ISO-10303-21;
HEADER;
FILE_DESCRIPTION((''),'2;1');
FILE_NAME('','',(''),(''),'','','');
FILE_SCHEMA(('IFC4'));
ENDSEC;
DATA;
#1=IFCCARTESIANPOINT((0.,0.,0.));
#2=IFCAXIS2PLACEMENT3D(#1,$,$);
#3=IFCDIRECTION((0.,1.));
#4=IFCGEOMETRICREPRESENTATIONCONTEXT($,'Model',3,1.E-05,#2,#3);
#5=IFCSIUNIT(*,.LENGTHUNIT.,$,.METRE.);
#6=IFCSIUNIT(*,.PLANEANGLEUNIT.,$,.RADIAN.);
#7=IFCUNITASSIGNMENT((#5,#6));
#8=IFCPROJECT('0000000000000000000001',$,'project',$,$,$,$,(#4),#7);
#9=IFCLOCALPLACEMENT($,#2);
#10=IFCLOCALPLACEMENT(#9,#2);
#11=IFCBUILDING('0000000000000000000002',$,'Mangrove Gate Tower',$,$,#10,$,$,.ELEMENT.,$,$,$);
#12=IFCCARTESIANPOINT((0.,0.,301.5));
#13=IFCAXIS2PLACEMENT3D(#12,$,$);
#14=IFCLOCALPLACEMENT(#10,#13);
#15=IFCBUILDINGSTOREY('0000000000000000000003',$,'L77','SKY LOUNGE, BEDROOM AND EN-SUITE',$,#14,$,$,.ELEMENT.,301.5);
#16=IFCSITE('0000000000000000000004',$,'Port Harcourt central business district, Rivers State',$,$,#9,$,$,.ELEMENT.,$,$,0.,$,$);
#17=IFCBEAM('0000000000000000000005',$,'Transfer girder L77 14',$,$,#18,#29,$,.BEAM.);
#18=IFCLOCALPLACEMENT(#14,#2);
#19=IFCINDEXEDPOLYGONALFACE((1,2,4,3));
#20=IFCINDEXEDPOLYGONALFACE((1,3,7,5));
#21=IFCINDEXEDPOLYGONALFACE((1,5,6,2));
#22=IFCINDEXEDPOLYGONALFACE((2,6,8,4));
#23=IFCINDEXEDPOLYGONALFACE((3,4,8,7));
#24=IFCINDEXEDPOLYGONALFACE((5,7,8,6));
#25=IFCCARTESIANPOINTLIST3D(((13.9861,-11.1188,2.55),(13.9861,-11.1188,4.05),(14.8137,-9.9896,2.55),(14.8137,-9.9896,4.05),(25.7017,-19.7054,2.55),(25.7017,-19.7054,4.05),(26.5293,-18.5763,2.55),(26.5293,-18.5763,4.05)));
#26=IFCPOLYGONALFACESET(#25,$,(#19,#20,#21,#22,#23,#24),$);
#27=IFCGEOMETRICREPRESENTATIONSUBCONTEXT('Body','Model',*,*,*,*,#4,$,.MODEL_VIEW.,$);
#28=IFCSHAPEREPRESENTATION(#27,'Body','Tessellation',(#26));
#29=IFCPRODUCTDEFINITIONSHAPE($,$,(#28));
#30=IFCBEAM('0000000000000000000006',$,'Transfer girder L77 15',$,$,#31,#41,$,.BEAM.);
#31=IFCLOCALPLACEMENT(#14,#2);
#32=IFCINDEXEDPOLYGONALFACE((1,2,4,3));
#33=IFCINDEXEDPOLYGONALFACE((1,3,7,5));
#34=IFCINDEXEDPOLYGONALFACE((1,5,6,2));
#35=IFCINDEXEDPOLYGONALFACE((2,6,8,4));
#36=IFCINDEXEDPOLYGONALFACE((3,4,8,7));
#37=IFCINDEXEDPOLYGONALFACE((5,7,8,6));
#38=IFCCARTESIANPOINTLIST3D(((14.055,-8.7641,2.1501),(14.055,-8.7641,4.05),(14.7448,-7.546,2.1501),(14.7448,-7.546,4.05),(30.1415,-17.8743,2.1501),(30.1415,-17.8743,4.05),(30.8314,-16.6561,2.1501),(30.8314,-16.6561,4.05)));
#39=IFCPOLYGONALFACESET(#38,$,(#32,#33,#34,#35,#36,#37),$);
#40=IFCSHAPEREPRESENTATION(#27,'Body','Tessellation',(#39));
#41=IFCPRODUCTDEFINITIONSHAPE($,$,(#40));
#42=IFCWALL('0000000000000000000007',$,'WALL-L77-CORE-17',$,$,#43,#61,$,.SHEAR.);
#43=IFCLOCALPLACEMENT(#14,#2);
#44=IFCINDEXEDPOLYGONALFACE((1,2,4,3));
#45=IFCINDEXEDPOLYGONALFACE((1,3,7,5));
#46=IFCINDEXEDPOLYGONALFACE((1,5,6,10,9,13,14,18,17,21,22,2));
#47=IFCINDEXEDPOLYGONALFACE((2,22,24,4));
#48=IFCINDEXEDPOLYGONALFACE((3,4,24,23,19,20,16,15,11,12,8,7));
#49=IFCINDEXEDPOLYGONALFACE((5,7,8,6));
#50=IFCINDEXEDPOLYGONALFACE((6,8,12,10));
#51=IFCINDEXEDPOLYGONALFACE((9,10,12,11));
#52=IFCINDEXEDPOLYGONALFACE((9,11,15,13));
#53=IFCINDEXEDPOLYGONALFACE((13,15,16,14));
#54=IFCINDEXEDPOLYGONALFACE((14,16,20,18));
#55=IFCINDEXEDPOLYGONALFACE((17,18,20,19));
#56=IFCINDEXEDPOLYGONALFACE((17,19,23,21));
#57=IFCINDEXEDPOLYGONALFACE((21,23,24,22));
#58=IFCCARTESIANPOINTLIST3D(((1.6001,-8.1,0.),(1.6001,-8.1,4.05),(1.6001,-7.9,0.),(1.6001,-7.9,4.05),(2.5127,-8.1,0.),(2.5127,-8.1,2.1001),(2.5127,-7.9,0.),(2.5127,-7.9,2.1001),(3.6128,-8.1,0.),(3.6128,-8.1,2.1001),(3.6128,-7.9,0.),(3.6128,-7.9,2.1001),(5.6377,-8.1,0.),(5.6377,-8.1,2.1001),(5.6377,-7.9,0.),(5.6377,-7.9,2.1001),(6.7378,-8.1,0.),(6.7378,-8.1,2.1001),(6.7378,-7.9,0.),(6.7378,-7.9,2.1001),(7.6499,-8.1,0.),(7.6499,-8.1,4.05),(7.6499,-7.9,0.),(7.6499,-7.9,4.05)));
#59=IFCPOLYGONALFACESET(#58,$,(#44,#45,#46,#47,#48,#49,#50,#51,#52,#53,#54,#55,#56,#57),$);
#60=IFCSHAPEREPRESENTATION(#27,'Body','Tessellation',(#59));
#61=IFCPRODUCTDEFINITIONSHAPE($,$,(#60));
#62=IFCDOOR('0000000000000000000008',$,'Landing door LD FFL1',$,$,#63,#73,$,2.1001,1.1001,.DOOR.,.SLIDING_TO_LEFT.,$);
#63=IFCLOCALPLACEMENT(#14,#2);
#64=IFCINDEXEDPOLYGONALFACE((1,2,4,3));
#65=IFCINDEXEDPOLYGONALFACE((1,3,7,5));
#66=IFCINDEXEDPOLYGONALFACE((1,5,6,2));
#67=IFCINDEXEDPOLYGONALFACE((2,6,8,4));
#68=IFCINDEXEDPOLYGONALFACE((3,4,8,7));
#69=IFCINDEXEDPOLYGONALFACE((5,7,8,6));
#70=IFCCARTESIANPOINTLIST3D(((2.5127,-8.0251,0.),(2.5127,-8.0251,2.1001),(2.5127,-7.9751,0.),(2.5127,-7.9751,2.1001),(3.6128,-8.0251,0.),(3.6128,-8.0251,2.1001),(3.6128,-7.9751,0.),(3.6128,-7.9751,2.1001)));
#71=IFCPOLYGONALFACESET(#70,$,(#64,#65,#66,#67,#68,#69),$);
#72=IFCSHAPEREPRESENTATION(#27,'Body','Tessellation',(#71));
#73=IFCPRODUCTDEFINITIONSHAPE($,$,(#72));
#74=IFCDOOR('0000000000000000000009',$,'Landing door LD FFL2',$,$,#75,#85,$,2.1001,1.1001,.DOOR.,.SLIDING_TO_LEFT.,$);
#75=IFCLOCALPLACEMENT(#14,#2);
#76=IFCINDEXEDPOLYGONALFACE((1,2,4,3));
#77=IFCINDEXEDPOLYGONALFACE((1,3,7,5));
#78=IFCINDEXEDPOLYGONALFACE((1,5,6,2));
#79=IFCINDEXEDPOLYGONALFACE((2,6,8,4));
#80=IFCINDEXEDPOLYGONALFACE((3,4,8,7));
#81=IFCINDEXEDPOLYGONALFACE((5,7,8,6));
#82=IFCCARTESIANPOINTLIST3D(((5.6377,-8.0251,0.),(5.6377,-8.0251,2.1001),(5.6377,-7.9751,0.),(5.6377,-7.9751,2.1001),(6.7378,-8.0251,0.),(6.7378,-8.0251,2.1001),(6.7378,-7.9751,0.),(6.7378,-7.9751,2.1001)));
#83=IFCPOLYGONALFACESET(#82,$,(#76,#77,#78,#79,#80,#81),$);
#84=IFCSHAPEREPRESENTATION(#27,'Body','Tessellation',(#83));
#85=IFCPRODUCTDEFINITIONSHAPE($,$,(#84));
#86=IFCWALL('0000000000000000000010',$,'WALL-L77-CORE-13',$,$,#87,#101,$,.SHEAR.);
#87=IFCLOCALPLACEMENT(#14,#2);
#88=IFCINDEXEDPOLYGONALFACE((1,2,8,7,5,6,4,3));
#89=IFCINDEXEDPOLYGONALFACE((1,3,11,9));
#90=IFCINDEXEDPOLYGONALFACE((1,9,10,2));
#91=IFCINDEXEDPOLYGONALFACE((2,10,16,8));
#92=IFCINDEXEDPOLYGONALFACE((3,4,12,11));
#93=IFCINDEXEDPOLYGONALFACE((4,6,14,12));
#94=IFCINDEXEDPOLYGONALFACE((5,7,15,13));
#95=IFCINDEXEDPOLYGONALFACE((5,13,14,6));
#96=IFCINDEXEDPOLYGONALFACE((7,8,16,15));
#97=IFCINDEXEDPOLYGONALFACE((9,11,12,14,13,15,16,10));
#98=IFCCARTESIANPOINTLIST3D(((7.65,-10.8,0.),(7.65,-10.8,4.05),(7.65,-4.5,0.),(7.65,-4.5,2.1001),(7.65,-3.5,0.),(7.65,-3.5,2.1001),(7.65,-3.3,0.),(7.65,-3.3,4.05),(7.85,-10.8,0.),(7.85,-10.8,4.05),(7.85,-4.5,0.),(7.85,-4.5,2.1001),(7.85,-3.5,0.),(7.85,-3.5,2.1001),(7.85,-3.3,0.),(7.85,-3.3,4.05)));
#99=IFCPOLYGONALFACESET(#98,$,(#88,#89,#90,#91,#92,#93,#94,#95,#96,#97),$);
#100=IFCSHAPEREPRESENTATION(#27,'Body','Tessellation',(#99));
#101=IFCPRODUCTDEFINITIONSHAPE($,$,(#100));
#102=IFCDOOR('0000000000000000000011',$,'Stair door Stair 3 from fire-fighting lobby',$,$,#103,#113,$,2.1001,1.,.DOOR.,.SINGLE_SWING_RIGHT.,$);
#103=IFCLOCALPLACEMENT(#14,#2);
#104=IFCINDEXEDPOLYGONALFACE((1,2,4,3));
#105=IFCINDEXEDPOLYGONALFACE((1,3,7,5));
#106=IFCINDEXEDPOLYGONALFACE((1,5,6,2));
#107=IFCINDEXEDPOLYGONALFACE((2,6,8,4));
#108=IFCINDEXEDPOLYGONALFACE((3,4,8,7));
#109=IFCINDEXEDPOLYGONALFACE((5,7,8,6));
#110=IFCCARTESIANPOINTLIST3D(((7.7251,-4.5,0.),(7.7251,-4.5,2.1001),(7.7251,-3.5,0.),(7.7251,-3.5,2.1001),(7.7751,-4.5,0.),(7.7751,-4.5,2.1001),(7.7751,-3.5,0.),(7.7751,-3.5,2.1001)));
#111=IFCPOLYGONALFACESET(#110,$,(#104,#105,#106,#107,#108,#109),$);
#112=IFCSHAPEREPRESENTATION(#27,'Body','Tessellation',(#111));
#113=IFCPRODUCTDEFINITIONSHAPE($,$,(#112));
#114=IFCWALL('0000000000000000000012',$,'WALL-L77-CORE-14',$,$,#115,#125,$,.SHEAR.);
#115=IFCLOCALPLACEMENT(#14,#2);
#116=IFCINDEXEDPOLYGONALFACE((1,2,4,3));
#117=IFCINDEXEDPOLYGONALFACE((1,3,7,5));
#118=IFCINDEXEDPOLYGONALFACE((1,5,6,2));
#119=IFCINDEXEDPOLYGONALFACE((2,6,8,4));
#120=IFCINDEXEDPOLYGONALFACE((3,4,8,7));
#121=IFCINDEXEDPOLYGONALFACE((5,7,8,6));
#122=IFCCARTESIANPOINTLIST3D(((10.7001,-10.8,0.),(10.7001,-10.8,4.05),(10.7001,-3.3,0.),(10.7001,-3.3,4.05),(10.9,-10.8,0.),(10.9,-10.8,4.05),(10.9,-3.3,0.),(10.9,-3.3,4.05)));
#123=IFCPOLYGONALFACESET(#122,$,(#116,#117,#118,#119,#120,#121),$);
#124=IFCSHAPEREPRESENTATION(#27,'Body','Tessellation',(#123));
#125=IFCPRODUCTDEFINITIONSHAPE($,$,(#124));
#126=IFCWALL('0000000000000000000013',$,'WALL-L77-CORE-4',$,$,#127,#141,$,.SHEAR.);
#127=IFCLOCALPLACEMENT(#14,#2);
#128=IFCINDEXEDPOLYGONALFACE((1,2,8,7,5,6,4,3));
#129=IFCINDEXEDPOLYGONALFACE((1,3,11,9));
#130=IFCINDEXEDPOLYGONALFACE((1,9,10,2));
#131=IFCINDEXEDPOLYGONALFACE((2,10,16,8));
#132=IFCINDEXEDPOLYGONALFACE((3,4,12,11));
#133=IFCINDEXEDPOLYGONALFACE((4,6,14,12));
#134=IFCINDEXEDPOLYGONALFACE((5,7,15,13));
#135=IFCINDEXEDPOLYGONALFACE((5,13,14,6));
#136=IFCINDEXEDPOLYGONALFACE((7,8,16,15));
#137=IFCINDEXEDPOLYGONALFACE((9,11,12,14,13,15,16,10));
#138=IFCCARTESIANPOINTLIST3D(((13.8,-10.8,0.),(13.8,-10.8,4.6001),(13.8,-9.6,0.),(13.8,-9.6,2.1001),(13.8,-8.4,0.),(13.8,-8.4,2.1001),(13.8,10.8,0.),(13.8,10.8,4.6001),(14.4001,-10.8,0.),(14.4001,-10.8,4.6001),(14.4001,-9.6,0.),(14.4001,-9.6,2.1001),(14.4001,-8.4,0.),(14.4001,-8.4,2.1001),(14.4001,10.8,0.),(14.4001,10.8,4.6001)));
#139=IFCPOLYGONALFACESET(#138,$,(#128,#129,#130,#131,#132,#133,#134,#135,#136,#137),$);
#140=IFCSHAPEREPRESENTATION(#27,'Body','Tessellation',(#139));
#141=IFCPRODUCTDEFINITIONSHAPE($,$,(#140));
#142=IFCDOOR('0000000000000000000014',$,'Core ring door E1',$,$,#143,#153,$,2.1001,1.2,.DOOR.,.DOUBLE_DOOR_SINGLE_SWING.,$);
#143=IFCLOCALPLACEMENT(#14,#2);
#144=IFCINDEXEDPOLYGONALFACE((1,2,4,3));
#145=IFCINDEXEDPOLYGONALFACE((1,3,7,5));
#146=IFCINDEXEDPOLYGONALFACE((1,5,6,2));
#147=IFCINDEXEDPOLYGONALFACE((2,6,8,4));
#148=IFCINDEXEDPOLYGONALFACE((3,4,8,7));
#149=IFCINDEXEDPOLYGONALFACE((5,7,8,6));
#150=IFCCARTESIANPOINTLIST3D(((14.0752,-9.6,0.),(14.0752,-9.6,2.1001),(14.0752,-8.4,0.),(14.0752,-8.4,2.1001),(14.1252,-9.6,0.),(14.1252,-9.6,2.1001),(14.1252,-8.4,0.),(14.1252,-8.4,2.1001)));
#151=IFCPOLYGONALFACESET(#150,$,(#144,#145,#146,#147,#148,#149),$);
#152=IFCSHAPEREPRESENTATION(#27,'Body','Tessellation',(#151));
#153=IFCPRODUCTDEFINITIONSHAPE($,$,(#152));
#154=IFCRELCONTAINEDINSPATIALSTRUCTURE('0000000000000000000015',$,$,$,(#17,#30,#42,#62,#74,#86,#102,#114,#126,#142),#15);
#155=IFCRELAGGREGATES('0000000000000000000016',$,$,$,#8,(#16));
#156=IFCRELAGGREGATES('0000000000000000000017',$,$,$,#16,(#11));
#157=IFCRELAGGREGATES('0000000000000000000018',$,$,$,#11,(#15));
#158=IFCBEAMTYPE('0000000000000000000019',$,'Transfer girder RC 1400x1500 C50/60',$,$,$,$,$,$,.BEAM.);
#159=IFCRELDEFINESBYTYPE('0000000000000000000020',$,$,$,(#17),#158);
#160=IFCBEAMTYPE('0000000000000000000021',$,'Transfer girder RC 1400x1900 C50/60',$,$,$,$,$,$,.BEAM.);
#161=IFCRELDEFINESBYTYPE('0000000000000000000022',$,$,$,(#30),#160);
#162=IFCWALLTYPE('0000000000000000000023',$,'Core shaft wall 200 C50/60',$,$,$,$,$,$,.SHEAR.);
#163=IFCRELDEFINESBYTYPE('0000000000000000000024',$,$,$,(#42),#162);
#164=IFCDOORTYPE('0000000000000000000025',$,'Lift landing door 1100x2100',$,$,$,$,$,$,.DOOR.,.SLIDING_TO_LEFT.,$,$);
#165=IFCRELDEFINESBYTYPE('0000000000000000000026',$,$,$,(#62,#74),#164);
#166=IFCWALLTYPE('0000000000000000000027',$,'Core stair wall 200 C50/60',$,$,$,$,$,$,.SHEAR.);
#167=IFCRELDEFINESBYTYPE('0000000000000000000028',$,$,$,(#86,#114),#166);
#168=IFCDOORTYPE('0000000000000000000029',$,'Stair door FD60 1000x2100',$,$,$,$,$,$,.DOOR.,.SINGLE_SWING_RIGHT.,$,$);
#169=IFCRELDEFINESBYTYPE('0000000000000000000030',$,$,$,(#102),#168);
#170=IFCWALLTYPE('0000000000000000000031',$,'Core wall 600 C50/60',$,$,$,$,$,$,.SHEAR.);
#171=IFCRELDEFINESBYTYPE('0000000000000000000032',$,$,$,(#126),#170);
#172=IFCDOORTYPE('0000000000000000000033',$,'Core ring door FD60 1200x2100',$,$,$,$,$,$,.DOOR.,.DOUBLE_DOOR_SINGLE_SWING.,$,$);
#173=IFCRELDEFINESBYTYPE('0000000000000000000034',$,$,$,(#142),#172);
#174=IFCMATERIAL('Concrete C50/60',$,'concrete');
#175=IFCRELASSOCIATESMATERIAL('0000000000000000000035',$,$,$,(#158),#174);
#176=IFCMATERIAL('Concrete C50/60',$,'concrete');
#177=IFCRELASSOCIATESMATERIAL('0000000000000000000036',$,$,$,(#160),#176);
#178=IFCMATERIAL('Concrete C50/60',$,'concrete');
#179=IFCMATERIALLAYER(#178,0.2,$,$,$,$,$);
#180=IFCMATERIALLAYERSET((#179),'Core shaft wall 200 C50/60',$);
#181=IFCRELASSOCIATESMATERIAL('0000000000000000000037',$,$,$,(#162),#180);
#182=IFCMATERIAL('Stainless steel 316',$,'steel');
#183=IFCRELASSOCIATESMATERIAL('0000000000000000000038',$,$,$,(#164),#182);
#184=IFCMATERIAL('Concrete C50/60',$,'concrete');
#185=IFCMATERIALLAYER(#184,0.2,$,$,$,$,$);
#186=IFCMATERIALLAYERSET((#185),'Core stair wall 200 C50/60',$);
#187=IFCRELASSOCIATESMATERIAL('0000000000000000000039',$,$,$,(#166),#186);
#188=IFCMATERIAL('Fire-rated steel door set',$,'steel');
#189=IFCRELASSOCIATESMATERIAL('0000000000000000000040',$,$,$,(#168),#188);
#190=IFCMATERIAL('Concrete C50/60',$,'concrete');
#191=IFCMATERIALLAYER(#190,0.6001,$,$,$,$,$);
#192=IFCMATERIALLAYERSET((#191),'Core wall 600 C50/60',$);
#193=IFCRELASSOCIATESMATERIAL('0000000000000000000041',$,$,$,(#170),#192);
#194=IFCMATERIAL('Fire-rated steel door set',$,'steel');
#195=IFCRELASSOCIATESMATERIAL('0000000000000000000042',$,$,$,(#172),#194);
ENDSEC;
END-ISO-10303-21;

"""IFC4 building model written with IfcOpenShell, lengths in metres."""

from ifc_helpers import new_model, si_unit, direction, frame, frame_2d, origin, origin_2d, place, context, subcontext, project, spatial, rectangle, extrude, material, layer, layer_set, material_profile, profile_set, type_object, element, fill, save


model = new_model("IFC4")

# Units and contexts
model_context = context("Model", 3, precision=1e-05, world=origin(), true_north=direction((0.0, 1.0)))
body_context = subcontext(model_context, "Body", "Model", "MODEL_VIEW")
ifc_project = project(units=[si_unit("LENGTHUNIT", "METRE"), si_unit("PLANEANGLEUNIT", "RADIAN")], contexts=[model_context])

# Site, building, storey
site_placement = place(None, origin())
site = spatial("IfcSite", under=ifc_project, at=site_placement, Name="Port Harcourt central business district, Rivers State", CompositionType="ELEMENT", RefElevation=0.0)
building_placement = place(site_placement, origin())
building = spatial("IfcBuilding", under=site, at=building_placement, Name="Mangrove Gate Tower", CompositionType="ELEMENT")
storey_placement = place(building_placement, frame((0.0, 0.0, 301.5)))
storey = spatial("IfcBuildingStorey", under=building, at=storey_placement, Name="L77", Description="SKY LOUNGE, BEDROOM AND EN-SUITE", CompositionType="ELEMENT", Elevation=301.5)

# Beams
ifc_material_1 = material(Name="Concrete C50/60", Category="concrete")
ifc_material_profile_1 = material_profile(ifc_material_1, rectangle(XDim=1.3999, YDim=1.5, at=origin_2d()))
ifc_profile_set_1 = profile_set([ifc_material_profile_1], Name="Concrete C50/60")
beam_type_1 = type_object("IfcBeamType", Name="Transfer girder RC 1400x1500 C50/60", PredefinedType="BEAM", material=ifc_profile_set_1)
beam_1_placement = place(storey_placement, frame((14.3999, -10.5542, 3.3), z_axis=(0.806561, -0.591151, 0.0), x_axis=(0.591151, 0.806561, 0.0)))
element("IfcBeam", 1, at=beam_1_placement, inside=storey, type_object=beam_type_1, Name="Transfer girder L77 14", PredefinedType="BEAM", context=body_context, shape_type="SweptSolid", body=[
    extrude(rectangle(XDim=1.3999, YDim=1.5, at=origin_2d()), origin(), (0.0, 0.0, 1.0), 14.5254),
])
ifc_material_2 = material(Name="Concrete C50/60", Category="concrete")
ifc_material_profile_2 = material_profile(ifc_material_2, rectangle(XDim=1.3999, YDim=1.8999, at=origin_2d()))
ifc_profile_set_2 = profile_set([ifc_material_profile_2], Name="Concrete C50/60")
beam_type_2 = type_object("IfcBeamType", Name="Transfer girder RC 1400x1900 C50/60", PredefinedType="BEAM", material=ifc_profile_set_2)
beam_2_placement = place(storey_placement, frame((14.3999, -8.155, 3.1001), z_axis=(0.870151, -0.492786, 0.0), x_axis=(0.492786, 0.870151, 0.0)))
element("IfcBeam", 2, at=beam_2_placement, inside=storey, type_object=beam_type_2, Name="Transfer girder L77 15", PredefinedType="BEAM", context=body_context, shape_type="SweptSolid", body=[
    extrude(rectangle(XDim=1.3999, YDim=1.8999, at=origin_2d()), origin(), (0.0, 0.0, 1.0), 18.4871),
])

# Wall, openings, doors
ifc_material_3 = material(Name="Concrete C50/60", Category="concrete")
ifc_layer_1 = layer(ifc_material_3, 0.2)
ifc_layer_set_1 = layer_set([ifc_layer_1], Name="Core shaft wall 200 C50/60")
wall_type_1 = type_object("IfcWallType", Name="Core shaft wall 200 C50/60", PredefinedType="SHEAR", material=ifc_layer_set_1)
wall_1_placement = place(storey_placement, frame((1.6001, -8.0, 0.0), z_axis=(0.0, 0.0, 1.0), x_axis=(1.0, 0.0, 0.0)))
wall_1 = element("IfcWall", 3, at=wall_1_placement, inside=storey, type_object=wall_type_1, Name="WALL-L77-CORE-17", PredefinedType="SHEAR", context=body_context, shape_type="SweptSolid", body=[
    extrude(rectangle(XDim=6.0498, YDim=0.2, at=frame_2d((3.0249, 0.0))), origin(), (0.0, 0.0, 1.0), 4.05),
])
opening_1_placement = place(wall_1_placement, frame((0.9126, 0.0, 0.0)))
opening_1 = element("IfcOpeningElement", 4, at=opening_1_placement, cuts=wall_1, PredefinedType="OPENING", context=body_context, shape_type="SweptSolid", body=[
    extrude(rectangle(XDim=1.1001, YDim=2.1001, at=frame_2d((0.55, 1.05))), frame((0.0, 0.1099, 0.0), z_axis=(0.0, -1.0, 0.0), x_axis=(1.0, 0.0, 0.0)), (0.0, 0.0, 1.0), 0.22),
])
opening_2_placement = place(wall_1_placement, frame((4.0376, 0.0, 0.0)))
opening_2 = element("IfcOpeningElement", 5, at=opening_2_placement, cuts=wall_1, PredefinedType="OPENING", context=body_context, shape_type="SweptSolid", body=[
    extrude(rectangle(XDim=1.1001, YDim=2.1001, at=frame_2d((0.55, 1.05))), frame((0.0, 0.1099, 0.0), z_axis=(0.0, -1.0, 0.0), x_axis=(1.0, 0.0, 0.0)), (0.0, 0.0, 1.0), 0.22),
])
ifc_material_4 = material(Name="Stainless steel 316", Category="steel")
door_type_1 = type_object("IfcDoorType", Name="Lift landing door 1100x2100", OperationType="SLIDING_TO_LEFT", PredefinedType="DOOR", material=ifc_material_4)
door_1_placement = place(opening_1_placement, origin())
door_1 = element("IfcDoor", 6, at=door_1_placement, inside=storey, type_object=door_type_1, Name="Landing door LD FFL1", OperationType="SLIDING_TO_LEFT", OverallHeight=2.1001, OverallWidth=1.1001, PredefinedType="DOOR", context=body_context, shape_type="SweptSolid", body=[
    extrude(rectangle(XDim=1.1001, YDim=2.1001, at=frame_2d((0.55, 1.05))), frame((0.0, 0.0249, 0.0), z_axis=(0.0, -1.0, 0.0), x_axis=(1.0, 0.0, 0.0)), (0.0, 0.0, 1.0), 0.05),
])
fill(opening_1, door_1)
door_2_placement = place(opening_2_placement, origin())
door_2 = element("IfcDoor", 7, at=door_2_placement, inside=storey, type_object=door_type_1, Name="Landing door LD FFL2", OperationType="SLIDING_TO_LEFT", OverallHeight=2.1001, OverallWidth=1.1001, PredefinedType="DOOR", context=body_context, shape_type="SweptSolid", body=[
    extrude(rectangle(XDim=1.1001, YDim=2.1001, at=frame_2d((0.55, 1.05))), frame((0.0, 0.0249, 0.0), z_axis=(0.0, -1.0, 0.0), x_axis=(1.0, 0.0, 0.0)), (0.0, 0.0, 1.0), 0.05),
])
fill(opening_2, door_2)

# Wall, opening, door
ifc_material_5 = material(Name="Concrete C50/60", Category="concrete")
ifc_layer_2 = layer(ifc_material_5, 0.2)
ifc_layer_set_2 = layer_set([ifc_layer_2], Name="Core stair wall 200 C50/60")
wall_type_2 = type_object("IfcWallType", Name="Core stair wall 200 C50/60", PredefinedType="SHEAR", material=ifc_layer_set_2)
wall_2_placement = place(storey_placement, frame((7.75, -10.8, 0.0), z_axis=(0.0, 0.0, 1.0), x_axis=(0.0, 1.0, 0.0)))
wall_2 = element("IfcWall", 8, at=wall_2_placement, inside=storey, type_object=wall_type_2, Name="WALL-L77-CORE-13", PredefinedType="SHEAR", context=body_context, shape_type="SweptSolid", body=[
    extrude(rectangle(XDim=7.5, YDim=0.2, at=frame_2d((3.75, 0.0))), origin(), (0.0, 0.0, 1.0), 4.05),
])
opening_3_placement = place(wall_2_placement, frame((6.3, 0.0, 0.0)))
opening_3 = element("IfcOpeningElement", 9, at=opening_3_placement, cuts=wall_2, PredefinedType="OPENING", context=body_context, shape_type="SweptSolid", body=[
    extrude(rectangle(XDim=1.0, YDim=2.1001, at=frame_2d((0.5, 1.05))), frame((0.0, 0.1099, 0.0), z_axis=(0.0, -1.0, 0.0), x_axis=(1.0, 0.0, 0.0)), (0.0, 0.0, 1.0), 0.22),
])
ifc_material_6 = material(Name="Fire-rated steel door set", Category="steel")
door_type_2 = type_object("IfcDoorType", Name="Stair door FD60 1000x2100", OperationType="SINGLE_SWING_RIGHT", PredefinedType="DOOR", material=ifc_material_6)
door_3_placement = place(opening_3_placement, origin())
door_3 = element("IfcDoor", 10, at=door_3_placement, inside=storey, type_object=door_type_2, Name="Stair door Stair 3 from fire-fighting lobby", OperationType="SINGLE_SWING_RIGHT", OverallHeight=2.1001, OverallWidth=1.0, PredefinedType="DOOR", context=body_context, shape_type="SweptSolid", body=[
    extrude(rectangle(XDim=1.0, YDim=2.1001, at=frame_2d((0.5, 1.05))), frame((0.0, 0.0249, 0.0), z_axis=(0.0, -1.0, 0.0), x_axis=(1.0, 0.0, 0.0)), (0.0, 0.0, 1.0), 0.05),
])
fill(opening_3, door_3)

# Wall
wall_3_placement = place(storey_placement, frame((10.8, -10.8, 0.0), z_axis=(0.0, 0.0, 1.0), x_axis=(0.0, 1.0, 0.0)))
element("IfcWall", 11, at=wall_3_placement, inside=storey, type_object=wall_type_2, Name="WALL-L77-CORE-14", PredefinedType="SHEAR", context=body_context, shape_type="SweptSolid", body=[
    extrude(rectangle(XDim=7.5, YDim=0.2, at=frame_2d((3.75, 0.0))), origin(), (0.0, 0.0, 1.0), 4.05),
])

# Wall, opening, door
ifc_material_7 = material(Name="Concrete C50/60", Category="concrete")
ifc_layer_3 = layer(ifc_material_7, 0.6001)
ifc_layer_set_3 = layer_set([ifc_layer_3], Name="Core wall 600 C50/60")
wall_type_3 = type_object("IfcWallType", Name="Core wall 600 C50/60", PredefinedType="SHEAR", material=ifc_layer_set_3)
wall_4_placement = place(storey_placement, frame((14.1001, -10.8, 0.0), z_axis=(0.0, 0.0, 1.0), x_axis=(0.0, 1.0, 0.0)))
wall_4 = element("IfcWall", 12, at=wall_4_placement, inside=storey, type_object=wall_type_3, Name="WALL-L77-CORE-4", PredefinedType="SHEAR", context=body_context, shape_type="SweptSolid", body=[
    extrude(rectangle(XDim=21.6001, YDim=0.6001, at=frame_2d((10.8, 0.0))), origin(), (0.0, 0.0, 1.0), 4.6001),
])
opening_4_placement = place(wall_4_placement, frame((1.2, 0.0, 0.0)))
opening_4 = element("IfcOpeningElement", 13, at=opening_4_placement, cuts=wall_4, PredefinedType="OPENING", context=body_context, shape_type="SweptSolid", body=[
    extrude(rectangle(XDim=1.2, YDim=2.1001, at=frame_2d((0.6001, 1.05))), frame((0.0, 0.3101, 0.0), z_axis=(0.0, -1.0, 0.0), x_axis=(1.0, 0.0, 0.0)), (0.0, 0.0, 1.0), 0.6201),
])
ifc_material_8 = material(Name="Fire-rated steel door set", Category="steel")
door_type_3 = type_object("IfcDoorType", Name="Core ring door FD60 1200x2100", OperationType="DOUBLE_DOOR_SINGLE_SWING", PredefinedType="DOOR", material=ifc_material_8)
door_4_placement = place(opening_4_placement, origin())
door_4 = element("IfcDoor", 14, at=door_4_placement, inside=storey, type_object=door_type_3, Name="Core ring door E1", OperationType="DOUBLE_DOOR_SINGLE_SWING", OverallHeight=2.1001, OverallWidth=1.2, PredefinedType="DOOR", context=body_context, shape_type="SweptSolid", body=[
    extrude(rectangle(XDim=1.2, YDim=2.1001, at=frame_2d((0.6001, 1.05))), frame((0.0, 0.0249, 0.0), z_axis=(0.0, -1.0, 0.0), x_axis=(1.0, 0.0, 0.0)), (0.0, 0.0, 1.0), 0.05),
])
fill(opening_4, door_4)

save(model, "model.ifc")
